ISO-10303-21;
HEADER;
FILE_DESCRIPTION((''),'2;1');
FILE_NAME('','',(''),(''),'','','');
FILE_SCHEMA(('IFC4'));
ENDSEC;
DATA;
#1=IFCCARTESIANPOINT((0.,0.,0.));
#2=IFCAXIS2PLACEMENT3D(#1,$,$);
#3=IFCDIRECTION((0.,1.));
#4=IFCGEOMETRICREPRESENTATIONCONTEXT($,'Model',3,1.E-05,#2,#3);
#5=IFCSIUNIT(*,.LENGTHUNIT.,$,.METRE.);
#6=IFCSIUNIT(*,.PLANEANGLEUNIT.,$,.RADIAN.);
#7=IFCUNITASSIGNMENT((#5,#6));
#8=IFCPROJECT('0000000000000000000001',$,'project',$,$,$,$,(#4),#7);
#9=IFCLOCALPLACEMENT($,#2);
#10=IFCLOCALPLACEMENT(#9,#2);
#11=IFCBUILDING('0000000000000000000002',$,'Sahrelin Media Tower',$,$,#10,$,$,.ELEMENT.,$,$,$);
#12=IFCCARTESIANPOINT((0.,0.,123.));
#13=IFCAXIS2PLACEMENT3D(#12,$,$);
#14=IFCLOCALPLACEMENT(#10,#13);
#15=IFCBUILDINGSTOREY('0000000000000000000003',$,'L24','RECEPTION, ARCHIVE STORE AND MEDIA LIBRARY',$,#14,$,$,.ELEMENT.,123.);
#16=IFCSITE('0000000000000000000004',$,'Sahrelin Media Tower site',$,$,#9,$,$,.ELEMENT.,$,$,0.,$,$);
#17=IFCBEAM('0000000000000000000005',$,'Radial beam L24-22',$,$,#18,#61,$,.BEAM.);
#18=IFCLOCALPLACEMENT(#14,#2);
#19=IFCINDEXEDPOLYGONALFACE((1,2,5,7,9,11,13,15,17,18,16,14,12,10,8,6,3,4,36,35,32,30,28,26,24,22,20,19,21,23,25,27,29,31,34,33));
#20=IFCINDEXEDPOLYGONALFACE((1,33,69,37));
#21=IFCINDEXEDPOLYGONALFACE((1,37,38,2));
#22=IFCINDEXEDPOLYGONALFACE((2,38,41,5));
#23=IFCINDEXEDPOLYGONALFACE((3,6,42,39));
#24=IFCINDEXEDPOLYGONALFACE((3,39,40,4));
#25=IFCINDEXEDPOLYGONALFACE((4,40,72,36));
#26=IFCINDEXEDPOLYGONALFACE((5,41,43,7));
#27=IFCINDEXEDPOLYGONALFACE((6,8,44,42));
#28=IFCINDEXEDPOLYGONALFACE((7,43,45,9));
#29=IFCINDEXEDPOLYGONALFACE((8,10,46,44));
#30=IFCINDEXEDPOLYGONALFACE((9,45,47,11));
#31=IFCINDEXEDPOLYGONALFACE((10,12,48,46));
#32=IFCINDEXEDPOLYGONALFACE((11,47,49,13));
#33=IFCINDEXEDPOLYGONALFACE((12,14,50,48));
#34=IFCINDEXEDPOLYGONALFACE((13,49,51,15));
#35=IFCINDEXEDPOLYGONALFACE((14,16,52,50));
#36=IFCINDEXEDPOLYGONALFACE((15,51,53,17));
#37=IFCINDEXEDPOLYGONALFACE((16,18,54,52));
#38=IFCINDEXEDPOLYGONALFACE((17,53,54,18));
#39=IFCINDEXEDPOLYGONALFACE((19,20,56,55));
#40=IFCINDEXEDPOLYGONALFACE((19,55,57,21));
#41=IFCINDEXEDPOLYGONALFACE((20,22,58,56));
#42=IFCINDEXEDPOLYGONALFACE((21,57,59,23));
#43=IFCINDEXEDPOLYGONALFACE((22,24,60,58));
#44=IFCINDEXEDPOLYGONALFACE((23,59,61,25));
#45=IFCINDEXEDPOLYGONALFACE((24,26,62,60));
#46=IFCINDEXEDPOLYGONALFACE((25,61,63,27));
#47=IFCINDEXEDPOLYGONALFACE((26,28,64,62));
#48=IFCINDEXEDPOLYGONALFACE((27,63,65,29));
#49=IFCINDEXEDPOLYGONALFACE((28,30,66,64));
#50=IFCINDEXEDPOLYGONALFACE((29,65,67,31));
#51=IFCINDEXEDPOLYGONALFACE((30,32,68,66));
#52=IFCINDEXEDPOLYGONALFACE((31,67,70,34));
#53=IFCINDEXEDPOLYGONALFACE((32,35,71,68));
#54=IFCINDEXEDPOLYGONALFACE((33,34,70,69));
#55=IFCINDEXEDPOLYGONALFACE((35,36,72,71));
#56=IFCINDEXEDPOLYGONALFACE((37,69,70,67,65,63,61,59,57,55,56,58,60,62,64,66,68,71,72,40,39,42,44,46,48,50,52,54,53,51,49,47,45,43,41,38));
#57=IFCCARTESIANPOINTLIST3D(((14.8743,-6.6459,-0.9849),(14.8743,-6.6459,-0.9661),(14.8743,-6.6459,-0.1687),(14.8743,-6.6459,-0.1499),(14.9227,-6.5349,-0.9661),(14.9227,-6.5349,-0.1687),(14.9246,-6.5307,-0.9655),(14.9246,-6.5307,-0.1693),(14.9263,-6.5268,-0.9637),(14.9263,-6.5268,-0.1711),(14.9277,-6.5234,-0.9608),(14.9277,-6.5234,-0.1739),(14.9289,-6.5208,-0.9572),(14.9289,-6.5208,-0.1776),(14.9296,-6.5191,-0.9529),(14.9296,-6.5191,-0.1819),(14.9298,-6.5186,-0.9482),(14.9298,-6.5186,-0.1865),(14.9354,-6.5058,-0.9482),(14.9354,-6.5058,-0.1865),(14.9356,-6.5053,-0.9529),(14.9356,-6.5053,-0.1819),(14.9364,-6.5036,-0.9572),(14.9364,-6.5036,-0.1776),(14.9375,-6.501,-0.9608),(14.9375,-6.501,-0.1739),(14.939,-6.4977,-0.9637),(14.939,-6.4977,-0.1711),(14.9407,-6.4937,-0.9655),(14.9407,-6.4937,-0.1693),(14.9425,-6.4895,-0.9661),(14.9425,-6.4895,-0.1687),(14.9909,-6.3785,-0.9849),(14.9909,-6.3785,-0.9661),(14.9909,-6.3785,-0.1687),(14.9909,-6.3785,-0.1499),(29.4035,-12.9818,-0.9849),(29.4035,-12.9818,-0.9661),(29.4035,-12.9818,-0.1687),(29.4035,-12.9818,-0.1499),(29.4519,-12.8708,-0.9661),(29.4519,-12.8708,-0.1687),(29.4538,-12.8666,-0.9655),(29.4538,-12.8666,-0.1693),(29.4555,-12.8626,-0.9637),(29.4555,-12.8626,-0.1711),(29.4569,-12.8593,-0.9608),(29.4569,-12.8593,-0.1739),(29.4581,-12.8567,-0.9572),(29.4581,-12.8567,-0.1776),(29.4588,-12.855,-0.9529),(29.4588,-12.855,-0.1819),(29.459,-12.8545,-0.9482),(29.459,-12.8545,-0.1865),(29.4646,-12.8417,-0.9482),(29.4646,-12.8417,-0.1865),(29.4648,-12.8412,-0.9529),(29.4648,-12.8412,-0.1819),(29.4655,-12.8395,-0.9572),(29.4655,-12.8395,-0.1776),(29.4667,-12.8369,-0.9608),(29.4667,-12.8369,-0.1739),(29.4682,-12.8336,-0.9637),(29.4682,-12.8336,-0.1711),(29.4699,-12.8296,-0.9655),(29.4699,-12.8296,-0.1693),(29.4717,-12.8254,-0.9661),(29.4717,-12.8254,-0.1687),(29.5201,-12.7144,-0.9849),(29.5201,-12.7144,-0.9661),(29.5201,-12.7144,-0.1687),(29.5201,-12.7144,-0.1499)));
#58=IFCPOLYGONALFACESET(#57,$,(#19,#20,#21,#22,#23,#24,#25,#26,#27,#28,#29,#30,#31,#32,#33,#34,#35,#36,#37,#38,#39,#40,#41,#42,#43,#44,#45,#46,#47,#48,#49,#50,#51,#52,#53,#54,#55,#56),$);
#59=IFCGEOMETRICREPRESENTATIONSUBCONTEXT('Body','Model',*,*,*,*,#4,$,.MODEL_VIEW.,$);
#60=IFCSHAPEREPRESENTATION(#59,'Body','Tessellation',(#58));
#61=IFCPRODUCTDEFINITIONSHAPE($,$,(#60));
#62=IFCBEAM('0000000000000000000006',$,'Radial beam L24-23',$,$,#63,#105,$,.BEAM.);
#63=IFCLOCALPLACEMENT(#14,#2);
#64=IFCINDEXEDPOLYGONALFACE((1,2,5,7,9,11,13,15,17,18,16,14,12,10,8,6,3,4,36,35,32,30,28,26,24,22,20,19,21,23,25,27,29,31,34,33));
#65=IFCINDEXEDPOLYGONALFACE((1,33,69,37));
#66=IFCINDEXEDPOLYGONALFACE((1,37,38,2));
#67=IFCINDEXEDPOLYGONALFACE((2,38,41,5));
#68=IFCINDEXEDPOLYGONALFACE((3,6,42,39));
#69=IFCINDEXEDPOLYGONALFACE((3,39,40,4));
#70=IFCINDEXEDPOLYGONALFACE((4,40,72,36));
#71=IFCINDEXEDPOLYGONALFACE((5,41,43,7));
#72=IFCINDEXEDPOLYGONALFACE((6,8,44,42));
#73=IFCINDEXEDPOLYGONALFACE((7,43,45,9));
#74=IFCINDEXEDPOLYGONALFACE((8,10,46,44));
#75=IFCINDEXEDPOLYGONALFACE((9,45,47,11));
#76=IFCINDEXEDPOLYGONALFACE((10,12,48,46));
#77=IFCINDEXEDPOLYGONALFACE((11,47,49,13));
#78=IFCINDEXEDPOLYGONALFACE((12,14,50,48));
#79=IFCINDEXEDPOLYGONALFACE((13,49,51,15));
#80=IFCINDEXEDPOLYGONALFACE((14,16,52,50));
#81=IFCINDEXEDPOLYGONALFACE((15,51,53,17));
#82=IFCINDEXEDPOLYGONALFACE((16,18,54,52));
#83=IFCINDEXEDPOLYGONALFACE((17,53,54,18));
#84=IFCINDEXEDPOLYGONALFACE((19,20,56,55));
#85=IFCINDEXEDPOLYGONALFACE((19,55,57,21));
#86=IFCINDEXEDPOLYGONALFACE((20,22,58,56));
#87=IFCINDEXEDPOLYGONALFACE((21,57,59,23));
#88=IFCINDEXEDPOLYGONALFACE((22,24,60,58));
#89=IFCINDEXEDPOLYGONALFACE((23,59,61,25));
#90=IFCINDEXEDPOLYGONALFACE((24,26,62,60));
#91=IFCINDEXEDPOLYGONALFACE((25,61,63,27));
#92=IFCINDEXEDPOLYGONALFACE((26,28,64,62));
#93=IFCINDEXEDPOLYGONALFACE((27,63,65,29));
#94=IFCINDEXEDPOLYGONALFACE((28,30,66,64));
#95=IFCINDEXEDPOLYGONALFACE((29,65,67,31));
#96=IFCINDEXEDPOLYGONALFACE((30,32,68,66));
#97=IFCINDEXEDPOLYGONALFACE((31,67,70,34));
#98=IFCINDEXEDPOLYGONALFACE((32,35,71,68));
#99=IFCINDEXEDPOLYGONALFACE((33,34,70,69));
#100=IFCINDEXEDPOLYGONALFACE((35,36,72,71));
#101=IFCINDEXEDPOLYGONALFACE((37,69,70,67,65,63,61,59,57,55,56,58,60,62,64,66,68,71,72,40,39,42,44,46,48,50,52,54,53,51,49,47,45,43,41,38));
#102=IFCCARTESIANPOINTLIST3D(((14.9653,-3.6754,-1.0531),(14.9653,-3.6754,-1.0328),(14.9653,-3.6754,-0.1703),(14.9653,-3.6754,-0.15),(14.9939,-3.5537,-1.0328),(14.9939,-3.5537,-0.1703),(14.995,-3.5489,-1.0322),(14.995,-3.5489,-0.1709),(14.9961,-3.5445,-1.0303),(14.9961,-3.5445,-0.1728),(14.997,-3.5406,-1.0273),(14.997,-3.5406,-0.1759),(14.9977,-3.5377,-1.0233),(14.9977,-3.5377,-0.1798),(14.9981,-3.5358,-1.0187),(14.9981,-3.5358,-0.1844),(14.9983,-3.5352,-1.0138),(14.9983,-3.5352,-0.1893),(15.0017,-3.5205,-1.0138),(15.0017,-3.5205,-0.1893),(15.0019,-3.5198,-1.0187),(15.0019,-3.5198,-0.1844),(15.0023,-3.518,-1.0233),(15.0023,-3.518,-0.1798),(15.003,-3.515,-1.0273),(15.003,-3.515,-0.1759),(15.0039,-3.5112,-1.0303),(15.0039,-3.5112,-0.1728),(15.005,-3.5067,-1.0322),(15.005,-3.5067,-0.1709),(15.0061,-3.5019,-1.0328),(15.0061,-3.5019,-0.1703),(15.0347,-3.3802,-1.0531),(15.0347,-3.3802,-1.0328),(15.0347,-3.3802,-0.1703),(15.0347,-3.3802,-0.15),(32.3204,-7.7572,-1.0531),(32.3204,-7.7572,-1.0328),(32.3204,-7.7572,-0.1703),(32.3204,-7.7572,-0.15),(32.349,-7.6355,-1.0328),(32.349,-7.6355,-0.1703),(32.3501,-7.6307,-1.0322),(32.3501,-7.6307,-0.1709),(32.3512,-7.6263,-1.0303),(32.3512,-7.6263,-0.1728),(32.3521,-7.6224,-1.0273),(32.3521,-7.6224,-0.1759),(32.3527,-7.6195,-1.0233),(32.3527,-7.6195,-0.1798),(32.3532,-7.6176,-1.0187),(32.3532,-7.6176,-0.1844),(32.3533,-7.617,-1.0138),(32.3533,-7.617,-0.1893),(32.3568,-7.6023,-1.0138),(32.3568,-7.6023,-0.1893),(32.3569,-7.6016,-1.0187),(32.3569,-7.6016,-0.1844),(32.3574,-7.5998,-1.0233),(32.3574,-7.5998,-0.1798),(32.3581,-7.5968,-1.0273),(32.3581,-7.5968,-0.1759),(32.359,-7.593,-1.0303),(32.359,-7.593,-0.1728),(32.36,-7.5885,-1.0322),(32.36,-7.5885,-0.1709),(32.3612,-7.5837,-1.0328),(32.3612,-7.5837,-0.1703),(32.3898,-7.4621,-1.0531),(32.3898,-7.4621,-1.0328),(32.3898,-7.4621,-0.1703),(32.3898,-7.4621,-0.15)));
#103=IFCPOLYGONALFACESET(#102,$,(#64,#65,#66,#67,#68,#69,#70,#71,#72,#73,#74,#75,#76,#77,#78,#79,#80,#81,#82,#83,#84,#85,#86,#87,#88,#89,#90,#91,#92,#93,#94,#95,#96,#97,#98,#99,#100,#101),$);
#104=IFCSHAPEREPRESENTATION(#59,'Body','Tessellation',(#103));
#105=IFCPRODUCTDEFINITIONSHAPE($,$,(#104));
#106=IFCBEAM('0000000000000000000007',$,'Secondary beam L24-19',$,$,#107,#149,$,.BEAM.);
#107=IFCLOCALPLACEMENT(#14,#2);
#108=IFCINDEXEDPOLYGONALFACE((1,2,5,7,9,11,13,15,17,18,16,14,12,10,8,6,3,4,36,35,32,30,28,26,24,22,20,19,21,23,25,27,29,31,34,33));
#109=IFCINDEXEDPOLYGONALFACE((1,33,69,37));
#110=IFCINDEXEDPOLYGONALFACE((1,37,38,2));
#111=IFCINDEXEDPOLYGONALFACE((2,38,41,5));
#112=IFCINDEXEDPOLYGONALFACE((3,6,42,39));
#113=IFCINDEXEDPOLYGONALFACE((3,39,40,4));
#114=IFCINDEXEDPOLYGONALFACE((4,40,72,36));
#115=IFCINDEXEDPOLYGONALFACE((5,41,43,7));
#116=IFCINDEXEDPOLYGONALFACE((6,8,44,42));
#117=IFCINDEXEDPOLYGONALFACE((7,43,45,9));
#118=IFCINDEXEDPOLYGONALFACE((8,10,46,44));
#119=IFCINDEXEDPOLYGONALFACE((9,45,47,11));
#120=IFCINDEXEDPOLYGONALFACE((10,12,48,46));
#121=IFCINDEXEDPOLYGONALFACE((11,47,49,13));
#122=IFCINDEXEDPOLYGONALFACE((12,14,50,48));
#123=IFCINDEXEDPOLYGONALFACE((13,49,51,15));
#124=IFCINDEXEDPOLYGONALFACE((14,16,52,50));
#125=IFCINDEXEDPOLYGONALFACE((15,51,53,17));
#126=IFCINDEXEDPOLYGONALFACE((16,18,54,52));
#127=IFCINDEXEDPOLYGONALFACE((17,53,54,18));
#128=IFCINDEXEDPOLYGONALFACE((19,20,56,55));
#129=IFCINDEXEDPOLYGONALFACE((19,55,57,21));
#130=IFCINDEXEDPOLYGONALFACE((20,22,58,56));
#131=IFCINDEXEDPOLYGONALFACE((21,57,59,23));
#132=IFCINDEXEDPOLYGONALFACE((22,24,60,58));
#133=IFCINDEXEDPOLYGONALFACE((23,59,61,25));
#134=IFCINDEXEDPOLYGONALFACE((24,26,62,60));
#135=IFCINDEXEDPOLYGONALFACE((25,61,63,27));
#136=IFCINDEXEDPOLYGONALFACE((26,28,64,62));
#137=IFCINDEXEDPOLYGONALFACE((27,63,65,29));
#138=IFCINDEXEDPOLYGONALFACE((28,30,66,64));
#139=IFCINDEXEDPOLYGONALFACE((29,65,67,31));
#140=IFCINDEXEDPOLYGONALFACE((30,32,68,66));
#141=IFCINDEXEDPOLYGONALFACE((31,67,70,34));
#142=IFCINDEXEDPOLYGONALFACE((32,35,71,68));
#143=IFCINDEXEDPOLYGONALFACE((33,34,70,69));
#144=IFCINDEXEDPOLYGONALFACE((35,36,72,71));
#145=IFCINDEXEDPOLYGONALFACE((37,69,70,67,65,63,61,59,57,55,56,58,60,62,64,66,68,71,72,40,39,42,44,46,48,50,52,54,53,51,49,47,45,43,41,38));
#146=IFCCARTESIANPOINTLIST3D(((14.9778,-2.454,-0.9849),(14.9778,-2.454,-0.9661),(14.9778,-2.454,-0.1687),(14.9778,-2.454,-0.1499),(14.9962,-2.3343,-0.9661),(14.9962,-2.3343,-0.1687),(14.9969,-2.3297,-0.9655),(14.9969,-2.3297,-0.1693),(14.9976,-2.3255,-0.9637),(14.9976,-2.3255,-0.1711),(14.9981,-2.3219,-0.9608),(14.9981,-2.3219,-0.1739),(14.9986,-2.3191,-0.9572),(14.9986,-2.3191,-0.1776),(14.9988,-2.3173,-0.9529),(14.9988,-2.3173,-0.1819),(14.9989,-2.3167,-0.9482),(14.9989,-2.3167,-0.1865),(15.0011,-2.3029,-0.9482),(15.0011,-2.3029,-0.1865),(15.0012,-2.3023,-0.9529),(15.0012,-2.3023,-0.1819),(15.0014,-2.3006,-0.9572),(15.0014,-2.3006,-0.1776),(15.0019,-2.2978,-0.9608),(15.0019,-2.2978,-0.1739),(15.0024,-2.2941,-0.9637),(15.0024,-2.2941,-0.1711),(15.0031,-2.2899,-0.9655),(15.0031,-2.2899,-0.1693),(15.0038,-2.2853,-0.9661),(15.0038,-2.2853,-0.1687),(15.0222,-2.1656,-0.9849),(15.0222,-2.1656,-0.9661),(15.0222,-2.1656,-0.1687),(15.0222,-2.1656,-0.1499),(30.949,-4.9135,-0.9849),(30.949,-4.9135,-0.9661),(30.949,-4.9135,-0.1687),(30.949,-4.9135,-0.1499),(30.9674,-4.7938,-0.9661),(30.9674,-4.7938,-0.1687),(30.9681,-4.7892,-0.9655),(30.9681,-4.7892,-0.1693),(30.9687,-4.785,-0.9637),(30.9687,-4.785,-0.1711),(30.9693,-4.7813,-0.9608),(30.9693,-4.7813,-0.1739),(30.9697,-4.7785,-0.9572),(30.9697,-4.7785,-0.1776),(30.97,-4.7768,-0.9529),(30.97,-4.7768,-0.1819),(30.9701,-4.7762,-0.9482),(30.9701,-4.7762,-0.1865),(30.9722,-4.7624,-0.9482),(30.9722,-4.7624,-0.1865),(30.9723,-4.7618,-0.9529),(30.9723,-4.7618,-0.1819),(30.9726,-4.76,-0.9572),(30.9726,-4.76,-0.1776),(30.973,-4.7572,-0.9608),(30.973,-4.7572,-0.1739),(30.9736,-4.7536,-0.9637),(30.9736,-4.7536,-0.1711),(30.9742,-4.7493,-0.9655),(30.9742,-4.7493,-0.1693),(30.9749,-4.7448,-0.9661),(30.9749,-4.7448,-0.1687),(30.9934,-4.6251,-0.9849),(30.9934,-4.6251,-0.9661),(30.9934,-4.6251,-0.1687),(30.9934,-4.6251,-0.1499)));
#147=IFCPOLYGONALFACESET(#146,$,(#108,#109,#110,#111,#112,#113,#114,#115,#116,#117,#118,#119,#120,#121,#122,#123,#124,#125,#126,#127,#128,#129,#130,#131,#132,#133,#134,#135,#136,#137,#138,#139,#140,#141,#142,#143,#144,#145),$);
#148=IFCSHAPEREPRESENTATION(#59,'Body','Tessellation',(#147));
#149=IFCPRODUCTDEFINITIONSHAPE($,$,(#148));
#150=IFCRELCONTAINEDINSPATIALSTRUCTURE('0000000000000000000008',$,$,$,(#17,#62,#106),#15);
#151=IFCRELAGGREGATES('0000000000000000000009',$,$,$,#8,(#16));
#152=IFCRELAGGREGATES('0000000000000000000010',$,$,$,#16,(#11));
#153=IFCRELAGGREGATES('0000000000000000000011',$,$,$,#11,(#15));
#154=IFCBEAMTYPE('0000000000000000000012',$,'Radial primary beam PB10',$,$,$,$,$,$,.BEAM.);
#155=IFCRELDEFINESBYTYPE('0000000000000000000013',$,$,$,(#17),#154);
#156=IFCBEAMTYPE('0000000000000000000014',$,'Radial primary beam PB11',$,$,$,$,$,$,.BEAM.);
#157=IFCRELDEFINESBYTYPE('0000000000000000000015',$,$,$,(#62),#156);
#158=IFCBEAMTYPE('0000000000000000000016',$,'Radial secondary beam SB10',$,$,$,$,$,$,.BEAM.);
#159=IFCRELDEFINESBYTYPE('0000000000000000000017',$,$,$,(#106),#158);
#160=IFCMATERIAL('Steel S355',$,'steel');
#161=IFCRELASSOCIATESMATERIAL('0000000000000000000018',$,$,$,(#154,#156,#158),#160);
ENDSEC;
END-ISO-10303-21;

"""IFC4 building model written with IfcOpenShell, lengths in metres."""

from ifc_helpers import new_model, si_unit, direction, frame, origin, origin_2d, place, context, subcontext, project, spatial, i_section, extrude, material, material_profile, profile_set, type_object, element, save


model = new_model("IFC4")

# Units and contexts
model_context = context("Model", 3, precision=1e-05, world=origin(), true_north=direction((0.0, 1.0)))
body_context = subcontext(model_context, "Body", "Model", "MODEL_VIEW")
ifc_project = project(units=[si_unit("LENGTHUNIT", "METRE"), si_unit("PLANEANGLEUNIT", "RADIAN")], contexts=[model_context])

# Site, building, storey
site_placement = place(None, origin())
site = spatial("IfcSite", under=ifc_project, at=site_placement, Name="Sahrelin Media Tower site", CompositionType="ELEMENT", RefElevation=0.0)
building_placement = place(site_placement, origin())
building = spatial("IfcBuilding", under=site, at=building_placement, Name="Sahrelin Media Tower", CompositionType="ELEMENT")
storey_placement = place(building_placement, frame((0.0, 0.0, 123.0)))
storey = spatial("IfcBuildingStorey", under=building, at=storey_placement, Name="L24", Description="RECEPTION, ARCHIVE STORE AND MEDIA LIBRARY", CompositionType="ELEMENT", Elevation=123.0)

# Beams
ifc_material_1 = material(Name="Steel S355", Category="steel")
ifc_material_profile_1 = material_profile(ifc_material_1, i_section(OverallWidth=0.2917, OverallDepth=0.835, WebThickness=0.0139, FlangeThickness=0.0188, FilletRadius=0.0178, at=origin_2d()), Name="UB 838x292x176")
ifc_profile_set_1 = profile_set([ifc_material_profile_1], Name="Steel S355")
beam_type_1 = type_object("IfcBeamType", Name="Radial primary beam PB10", PredefinedType="BEAM", material=ifc_profile_set_1)
beam_1_placement = place(storey_placement, frame((14.9326, -6.5122, -0.5674), z_axis=(0.916635, -0.399726, 0.0), x_axis=(0.399726, 0.916635, 0.0)))
element("IfcBeam", 1, at=beam_1_placement, inside=storey, type_object=beam_type_1, Name="Radial beam L24-22", PredefinedType="BEAM", context=body_context, shape_type="SweptSolid", body=[
    extrude(i_section(OverallWidth=0.2917, OverallDepth=0.835, WebThickness=0.0139, FlangeThickness=0.0188, FilletRadius=0.0178, at=origin_2d()), origin(), (0.0, 0.0, 1.0), 15.8506),
])
ifc_material_profile_2 = material_profile(ifc_material_1, i_section(OverallWidth=0.3032, OverallDepth=0.9031, WebThickness=0.0151, FlangeThickness=0.0203, FilletRadius=0.019, at=origin_2d()), Name="UB 914x305x201")
ifc_profile_set_2 = profile_set([ifc_material_profile_2], Name="Steel S355")
beam_type_2 = type_object("IfcBeamType", Name="Radial primary beam PB11", PredefinedType="BEAM", material=ifc_profile_set_2)
beam_2_placement = place(storey_placement, frame((15.0, -3.5278, -0.6016), z_axis=(0.973439, -0.228947, 0.0), x_axis=(0.228947, 0.973439, 0.0)))
element("IfcBeam", 2, at=beam_2_placement, inside=storey, type_object=beam_type_2, Name="Radial beam L24-23", PredefinedType="BEAM", context=body_context, shape_type="SweptSolid", body=[
    extrude(i_section(OverallWidth=0.3032, OverallDepth=0.9031, WebThickness=0.0151, FlangeThickness=0.0203, FilletRadius=0.019, at=origin_2d()), origin(), (0.0, 0.0, 1.0), 17.8286),
])
ifc_material_profile_3 = material_profile(ifc_material_1, i_section(OverallWidth=0.2917, OverallDepth=0.835, WebThickness=0.0139, FlangeThickness=0.0188, FilletRadius=0.0178, at=origin_2d()), Name="UB 838x292x176")
ifc_profile_set_3 = profile_set([ifc_material_profile_3], Name="Steel S355")
beam_type_3 = type_object("IfcBeamType", Name="Radial secondary beam SB10", PredefinedType="BEAM", material=ifc_profile_set_3)
beam_3_placement = place(storey_placement, frame((15.0, -2.3098, -0.5674), z_axis=(0.98835, -0.1522, 0.0), x_axis=(0.1522, 0.98835, 0.0)))
element("IfcBeam", 3, at=beam_3_placement, inside=storey, type_object=beam_type_3, Name="Secondary beam L24-19", PredefinedType="BEAM", context=body_context, shape_type="SweptSolid", body=[
    extrude(i_section(OverallWidth=0.2917, OverallDepth=0.835, WebThickness=0.0139, FlangeThickness=0.0188, FilletRadius=0.0178, at=origin_2d()), origin(), (0.0, 0.0, 1.0), 16.1594),
])

save(model, "model.ifc")
